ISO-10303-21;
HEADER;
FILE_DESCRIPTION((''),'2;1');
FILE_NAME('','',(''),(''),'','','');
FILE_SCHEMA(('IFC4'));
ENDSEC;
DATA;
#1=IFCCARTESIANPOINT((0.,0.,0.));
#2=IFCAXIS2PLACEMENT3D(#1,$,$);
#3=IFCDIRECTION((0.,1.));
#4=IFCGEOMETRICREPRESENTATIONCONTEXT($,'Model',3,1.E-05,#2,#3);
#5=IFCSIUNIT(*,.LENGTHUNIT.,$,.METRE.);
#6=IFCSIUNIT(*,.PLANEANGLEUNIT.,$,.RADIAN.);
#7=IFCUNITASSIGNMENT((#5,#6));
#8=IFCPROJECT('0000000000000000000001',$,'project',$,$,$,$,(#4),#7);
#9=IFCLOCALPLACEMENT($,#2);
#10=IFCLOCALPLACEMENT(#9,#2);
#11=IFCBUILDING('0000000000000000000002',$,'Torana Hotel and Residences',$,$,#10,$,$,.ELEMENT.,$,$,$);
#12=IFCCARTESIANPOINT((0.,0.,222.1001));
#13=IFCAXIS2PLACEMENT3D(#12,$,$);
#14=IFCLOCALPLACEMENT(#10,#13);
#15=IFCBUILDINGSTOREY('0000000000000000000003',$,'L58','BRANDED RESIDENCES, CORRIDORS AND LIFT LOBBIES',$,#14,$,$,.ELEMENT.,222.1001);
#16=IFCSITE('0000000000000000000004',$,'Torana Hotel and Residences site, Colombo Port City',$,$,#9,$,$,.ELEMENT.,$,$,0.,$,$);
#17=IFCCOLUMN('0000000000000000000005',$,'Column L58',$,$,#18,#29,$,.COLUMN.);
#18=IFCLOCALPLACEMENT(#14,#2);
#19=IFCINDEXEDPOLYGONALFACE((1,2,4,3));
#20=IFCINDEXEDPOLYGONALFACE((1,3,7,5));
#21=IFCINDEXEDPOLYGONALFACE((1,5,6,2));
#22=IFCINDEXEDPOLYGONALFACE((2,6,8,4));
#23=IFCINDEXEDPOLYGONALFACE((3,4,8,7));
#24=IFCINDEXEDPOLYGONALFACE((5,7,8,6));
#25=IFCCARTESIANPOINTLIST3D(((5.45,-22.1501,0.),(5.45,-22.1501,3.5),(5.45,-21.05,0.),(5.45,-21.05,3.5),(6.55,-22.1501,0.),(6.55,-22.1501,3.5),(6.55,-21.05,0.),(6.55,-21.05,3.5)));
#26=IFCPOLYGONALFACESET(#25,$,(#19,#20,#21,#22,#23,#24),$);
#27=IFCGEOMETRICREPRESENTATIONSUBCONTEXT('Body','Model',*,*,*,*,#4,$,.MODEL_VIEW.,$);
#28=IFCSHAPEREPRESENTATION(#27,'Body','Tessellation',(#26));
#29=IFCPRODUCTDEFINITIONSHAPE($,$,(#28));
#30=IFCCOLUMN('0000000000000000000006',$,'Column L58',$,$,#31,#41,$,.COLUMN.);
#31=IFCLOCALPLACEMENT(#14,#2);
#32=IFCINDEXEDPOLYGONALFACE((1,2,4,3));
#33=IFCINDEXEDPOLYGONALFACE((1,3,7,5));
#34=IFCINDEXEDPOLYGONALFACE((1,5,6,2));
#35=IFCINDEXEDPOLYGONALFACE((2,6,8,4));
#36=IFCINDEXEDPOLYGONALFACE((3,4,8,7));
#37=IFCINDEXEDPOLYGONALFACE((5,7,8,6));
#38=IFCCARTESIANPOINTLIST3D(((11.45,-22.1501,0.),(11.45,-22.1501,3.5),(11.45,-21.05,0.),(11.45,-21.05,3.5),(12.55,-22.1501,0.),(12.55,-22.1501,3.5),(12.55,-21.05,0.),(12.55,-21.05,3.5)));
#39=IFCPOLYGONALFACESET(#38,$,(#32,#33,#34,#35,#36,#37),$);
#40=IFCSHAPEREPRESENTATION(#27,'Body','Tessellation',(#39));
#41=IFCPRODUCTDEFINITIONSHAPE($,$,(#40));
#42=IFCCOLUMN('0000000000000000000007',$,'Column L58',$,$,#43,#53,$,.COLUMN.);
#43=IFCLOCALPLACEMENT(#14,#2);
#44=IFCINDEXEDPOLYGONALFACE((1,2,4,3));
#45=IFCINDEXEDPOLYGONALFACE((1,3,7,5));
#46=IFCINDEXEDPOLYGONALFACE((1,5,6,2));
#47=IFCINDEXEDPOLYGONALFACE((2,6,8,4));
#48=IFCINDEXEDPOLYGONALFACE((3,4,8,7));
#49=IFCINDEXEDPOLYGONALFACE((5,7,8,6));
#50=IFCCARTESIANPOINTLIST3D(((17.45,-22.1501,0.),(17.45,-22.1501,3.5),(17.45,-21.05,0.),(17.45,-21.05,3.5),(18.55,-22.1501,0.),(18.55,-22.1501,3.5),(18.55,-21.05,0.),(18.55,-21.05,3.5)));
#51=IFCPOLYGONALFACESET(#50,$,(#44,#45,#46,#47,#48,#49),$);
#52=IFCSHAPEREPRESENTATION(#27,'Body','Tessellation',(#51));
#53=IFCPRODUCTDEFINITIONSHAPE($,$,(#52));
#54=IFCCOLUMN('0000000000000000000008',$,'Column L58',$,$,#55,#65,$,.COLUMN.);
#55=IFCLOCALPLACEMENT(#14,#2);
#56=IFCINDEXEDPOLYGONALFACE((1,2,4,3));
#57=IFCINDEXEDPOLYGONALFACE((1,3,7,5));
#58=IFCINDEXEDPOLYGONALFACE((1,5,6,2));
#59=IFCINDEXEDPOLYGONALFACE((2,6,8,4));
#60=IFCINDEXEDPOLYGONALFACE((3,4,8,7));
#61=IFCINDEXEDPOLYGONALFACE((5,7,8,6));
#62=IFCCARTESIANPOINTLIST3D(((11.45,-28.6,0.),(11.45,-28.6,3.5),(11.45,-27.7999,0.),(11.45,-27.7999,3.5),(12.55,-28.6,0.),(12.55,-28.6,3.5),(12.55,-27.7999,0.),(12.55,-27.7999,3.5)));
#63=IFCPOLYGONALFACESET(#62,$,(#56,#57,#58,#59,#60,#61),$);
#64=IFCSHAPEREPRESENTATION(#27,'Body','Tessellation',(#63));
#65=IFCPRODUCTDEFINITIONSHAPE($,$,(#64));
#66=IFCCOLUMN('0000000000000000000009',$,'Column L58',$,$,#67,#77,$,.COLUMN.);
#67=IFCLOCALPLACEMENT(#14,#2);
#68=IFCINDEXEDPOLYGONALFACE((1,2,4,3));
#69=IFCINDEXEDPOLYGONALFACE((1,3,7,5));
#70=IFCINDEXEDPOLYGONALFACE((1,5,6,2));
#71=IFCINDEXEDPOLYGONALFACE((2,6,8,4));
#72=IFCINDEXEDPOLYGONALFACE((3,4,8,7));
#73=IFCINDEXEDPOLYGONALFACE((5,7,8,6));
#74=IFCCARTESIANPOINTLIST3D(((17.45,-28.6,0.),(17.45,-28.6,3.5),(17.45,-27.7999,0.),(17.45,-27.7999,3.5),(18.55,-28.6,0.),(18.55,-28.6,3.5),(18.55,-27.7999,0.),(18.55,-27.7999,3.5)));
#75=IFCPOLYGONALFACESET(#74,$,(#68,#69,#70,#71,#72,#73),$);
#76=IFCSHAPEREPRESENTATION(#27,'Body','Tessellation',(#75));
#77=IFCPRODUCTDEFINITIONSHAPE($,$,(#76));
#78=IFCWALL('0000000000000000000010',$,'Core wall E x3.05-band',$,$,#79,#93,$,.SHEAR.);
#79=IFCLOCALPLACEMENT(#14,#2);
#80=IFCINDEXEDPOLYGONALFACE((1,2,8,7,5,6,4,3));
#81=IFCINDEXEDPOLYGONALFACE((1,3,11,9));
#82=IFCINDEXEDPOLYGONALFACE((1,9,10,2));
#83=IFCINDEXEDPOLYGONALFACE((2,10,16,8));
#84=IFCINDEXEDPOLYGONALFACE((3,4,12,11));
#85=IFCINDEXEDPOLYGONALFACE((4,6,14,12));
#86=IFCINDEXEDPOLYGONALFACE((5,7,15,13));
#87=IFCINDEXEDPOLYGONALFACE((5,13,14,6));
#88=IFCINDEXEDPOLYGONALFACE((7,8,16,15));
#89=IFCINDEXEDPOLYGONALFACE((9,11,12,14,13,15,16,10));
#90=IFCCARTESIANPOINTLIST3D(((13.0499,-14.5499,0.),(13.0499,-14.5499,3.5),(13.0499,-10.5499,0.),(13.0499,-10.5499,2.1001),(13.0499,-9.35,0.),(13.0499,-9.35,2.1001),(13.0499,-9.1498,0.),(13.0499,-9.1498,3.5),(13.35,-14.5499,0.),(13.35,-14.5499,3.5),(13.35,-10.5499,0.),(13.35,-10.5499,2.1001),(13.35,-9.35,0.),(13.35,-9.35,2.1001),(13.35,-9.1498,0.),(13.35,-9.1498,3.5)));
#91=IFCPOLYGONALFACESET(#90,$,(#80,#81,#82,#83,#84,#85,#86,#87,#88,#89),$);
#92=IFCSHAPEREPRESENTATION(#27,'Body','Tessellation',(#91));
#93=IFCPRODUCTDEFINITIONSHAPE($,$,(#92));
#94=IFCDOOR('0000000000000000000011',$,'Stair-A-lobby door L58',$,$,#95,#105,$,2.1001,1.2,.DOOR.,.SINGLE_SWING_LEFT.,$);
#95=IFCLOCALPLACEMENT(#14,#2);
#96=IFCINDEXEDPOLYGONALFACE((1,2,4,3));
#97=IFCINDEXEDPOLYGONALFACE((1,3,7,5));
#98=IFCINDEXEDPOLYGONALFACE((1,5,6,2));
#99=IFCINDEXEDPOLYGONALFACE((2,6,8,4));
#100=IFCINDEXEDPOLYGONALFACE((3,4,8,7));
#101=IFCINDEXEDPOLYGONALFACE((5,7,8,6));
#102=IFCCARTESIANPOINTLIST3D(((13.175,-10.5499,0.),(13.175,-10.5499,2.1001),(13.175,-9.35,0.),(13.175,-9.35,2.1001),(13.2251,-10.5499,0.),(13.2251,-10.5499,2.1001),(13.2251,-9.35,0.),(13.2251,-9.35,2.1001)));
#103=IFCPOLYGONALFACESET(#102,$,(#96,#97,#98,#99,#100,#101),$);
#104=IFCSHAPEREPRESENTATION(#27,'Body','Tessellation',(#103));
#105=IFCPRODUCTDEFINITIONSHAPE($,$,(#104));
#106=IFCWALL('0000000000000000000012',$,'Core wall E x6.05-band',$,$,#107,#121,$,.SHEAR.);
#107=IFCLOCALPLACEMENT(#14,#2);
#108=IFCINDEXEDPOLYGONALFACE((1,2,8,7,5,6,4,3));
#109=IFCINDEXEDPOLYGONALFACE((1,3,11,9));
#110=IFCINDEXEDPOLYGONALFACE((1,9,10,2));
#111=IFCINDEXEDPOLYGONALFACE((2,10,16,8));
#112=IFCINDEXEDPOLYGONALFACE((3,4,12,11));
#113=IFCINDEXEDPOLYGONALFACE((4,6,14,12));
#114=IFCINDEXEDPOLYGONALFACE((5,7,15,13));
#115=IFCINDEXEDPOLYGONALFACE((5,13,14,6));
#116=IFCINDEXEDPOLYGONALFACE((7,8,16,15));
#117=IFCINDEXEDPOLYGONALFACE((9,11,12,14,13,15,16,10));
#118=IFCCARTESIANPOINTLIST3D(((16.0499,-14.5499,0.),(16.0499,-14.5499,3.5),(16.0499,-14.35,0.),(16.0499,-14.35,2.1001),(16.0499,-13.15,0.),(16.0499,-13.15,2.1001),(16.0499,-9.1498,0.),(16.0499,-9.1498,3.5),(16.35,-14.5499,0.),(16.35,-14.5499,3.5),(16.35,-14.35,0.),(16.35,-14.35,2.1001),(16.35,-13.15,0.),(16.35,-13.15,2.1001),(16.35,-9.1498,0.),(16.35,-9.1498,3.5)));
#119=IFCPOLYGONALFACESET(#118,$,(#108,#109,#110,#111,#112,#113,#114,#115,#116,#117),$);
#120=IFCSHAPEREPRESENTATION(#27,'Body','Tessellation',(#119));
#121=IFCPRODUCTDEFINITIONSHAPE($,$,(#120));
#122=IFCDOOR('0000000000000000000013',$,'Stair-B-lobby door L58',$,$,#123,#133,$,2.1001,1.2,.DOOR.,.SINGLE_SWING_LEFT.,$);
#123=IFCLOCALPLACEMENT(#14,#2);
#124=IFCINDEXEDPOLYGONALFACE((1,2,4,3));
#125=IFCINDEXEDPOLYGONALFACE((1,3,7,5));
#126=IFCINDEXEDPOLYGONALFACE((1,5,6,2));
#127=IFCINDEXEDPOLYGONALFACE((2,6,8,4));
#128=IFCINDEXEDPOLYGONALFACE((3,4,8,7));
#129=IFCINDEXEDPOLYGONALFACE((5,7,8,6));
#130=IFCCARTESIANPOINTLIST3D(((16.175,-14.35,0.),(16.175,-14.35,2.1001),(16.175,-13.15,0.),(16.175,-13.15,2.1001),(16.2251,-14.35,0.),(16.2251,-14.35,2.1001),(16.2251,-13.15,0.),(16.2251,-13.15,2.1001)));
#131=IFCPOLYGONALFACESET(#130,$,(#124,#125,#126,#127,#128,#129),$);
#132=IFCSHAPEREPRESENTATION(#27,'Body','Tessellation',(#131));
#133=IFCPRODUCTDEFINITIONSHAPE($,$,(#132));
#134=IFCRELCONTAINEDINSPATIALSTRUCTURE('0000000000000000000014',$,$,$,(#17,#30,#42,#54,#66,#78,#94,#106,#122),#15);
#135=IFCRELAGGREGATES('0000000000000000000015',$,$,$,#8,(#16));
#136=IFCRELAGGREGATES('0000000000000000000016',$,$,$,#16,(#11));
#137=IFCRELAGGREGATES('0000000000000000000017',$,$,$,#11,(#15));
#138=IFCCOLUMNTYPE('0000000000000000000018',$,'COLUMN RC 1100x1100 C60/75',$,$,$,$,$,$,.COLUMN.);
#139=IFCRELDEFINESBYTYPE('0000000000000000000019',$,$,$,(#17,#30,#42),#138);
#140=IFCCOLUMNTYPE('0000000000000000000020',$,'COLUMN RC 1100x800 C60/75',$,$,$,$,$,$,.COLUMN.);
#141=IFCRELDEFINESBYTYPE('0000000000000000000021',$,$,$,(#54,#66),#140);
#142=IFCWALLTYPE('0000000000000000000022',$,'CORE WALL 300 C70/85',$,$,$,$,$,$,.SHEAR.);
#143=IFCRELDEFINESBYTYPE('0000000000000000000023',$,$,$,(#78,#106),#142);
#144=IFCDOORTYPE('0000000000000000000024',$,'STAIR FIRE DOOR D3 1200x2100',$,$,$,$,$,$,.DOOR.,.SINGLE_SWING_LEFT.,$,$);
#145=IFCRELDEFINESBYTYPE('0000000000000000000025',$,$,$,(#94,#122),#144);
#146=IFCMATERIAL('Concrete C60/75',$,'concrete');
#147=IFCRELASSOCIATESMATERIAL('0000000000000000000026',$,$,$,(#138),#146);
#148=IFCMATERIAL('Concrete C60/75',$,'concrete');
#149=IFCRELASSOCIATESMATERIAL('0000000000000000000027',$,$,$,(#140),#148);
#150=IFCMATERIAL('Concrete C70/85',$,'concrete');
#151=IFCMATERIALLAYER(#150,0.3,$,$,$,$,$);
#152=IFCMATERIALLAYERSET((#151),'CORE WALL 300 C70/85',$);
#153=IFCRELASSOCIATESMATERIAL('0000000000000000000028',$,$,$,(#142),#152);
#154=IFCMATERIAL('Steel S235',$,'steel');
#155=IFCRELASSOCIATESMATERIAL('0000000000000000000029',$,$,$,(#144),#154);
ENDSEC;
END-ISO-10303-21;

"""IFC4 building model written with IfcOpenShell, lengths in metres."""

from ifc_helpers import new_model, si_unit, direction, frame, frame_2d, origin, origin_2d, place, context, subcontext, project, spatial, rectangle, extrude, material, layer, layer_set, material_profile, profile_set, type_object, element, fill, save


model = new_model("IFC4")

# Units and contexts
model_context = context("Model", 3, precision=1e-05, world=origin(), true_north=direction((0.0, 1.0)))
body_context = subcontext(model_context, "Body", "Model", "MODEL_VIEW")
ifc_project = project(units=[si_unit("LENGTHUNIT", "METRE"), si_unit("PLANEANGLEUNIT", "RADIAN")], contexts=[model_context])

# Site, building, storey
site_placement = place(None, origin())
site = spatial("IfcSite", under=ifc_project, at=site_placement, Name="Torana Hotel and Residences site, Colombo Port City", CompositionType="ELEMENT", RefElevation=0.0)
building_placement = place(site_placement, origin())
building = spatial("IfcBuilding", under=site, at=building_placement, Name="Torana Hotel and Residences", CompositionType="ELEMENT")
storey_placement = place(building_placement, frame((0.0, 0.0, 222.1001)))
storey = spatial("IfcBuildingStorey", under=building, at=storey_placement, Name="L58", Description="BRANDED RESIDENCES, CORRIDORS AND LIFT LOBBIES", CompositionType="ELEMENT", Elevation=222.1001)

# Columns
ifc_material_1 = material(Name="Concrete C60/75", Category="concrete")
ifc_material_profile_1 = material_profile(ifc_material_1, rectangle(XDim=1.1001, YDim=1.1001, at=origin_2d()), Name="RC 1100x1100")
ifc_profile_set_1 = profile_set([ifc_material_profile_1], Name="Concrete C60/75")
column_type_1 = type_object("IfcColumnType", Name="COLUMN RC 1100x1100 C60/75", PredefinedType="COLUMN", material=ifc_profile_set_1)
for number, where, z_axis, x_axis, name in (
    (1, (6.0, -21.6001, 0.0), (0.0, 0.0, 1.0), (1.0, 0.0, 0.0), "Column L58"),
    (2, (12.0, -21.6001, 0.0), (0.0, 0.0, 1.0), (1.0, 0.0, 0.0), "Column L58"),
    (3, (18.0, -21.6001, 0.0), (0.0, 0.0, 1.0), (1.0, 0.0, 0.0), "Column L58"),
):
    element("IfcColumn", number, at=place(storey_placement, frame(where, z_axis=z_axis, x_axis=x_axis)), inside=storey, type_object=column_type_1, Name=name, PredefinedType="COLUMN", context=body_context, shape_type="SweptSolid", body=[
        extrude(rectangle(XDim=1.1001, YDim=1.1001, at=origin_2d()), origin(), (0.0, 0.0, 1.0), 3.5),
    ])
ifc_material_2 = material(Name="Concrete C60/75", Category="concrete")
ifc_material_profile_2 = material_profile(ifc_material_2, rectangle(XDim=1.1001, YDim=0.8, at=origin_2d()), Name="RC 1100x800")
ifc_profile_set_2 = profile_set([ifc_material_profile_2], Name="Concrete C60/75")
column_type_2 = type_object("IfcColumnType", Name="COLUMN RC 1100x800 C60/75", PredefinedType="COLUMN", material=ifc_profile_set_2)
for number, where, z_axis, x_axis, name in (
    (4, (12.0, -28.2, 0.0), (0.0, 0.0, 1.0), (1.0, 0.0, 0.0), "Column L58"),
    (5, (18.0, -28.2, 0.0), (0.0, 0.0, 1.0), (1.0, 0.0, 0.0), "Column L58"),
):
    element("IfcColumn", number, at=place(storey_placement, frame(where, z_axis=z_axis, x_axis=x_axis)), inside=storey, type_object=column_type_2, Name=name, PredefinedType="COLUMN", context=body_context, shape_type="SweptSolid", body=[
        extrude(rectangle(XDim=1.1001, YDim=0.8, at=origin_2d()), origin(), (0.0, 0.0, 1.0), 3.5),
    ])

# Walls, openings, doors
ifc_material_3 = material(Name="Concrete C70/85", Category="concrete")
ifc_layer_1 = layer(ifc_material_3, 0.3)
ifc_layer_set_1 = layer_set([ifc_layer_1], Name="CORE WALL 300 C70/85")
wall_type_1 = type_object("IfcWallType", Name="CORE WALL 300 C70/85", PredefinedType="SHEAR", material=ifc_layer_set_1)
wall_1_placement = place(storey_placement, frame((13.2, -14.55, 0.0), z_axis=(0.0, 0.0, 1.0), x_axis=(0.0, 1.0, 0.0)))
wall_1 = element("IfcWall", 6, at=wall_1_placement, inside=storey, type_object=wall_type_1, Name="Core wall E x3.05-band", PredefinedType="SHEAR", context=body_context, shape_type="SweptSolid", body=[
    extrude(rectangle(XDim=5.4001, YDim=0.3, at=frame_2d((2.7002, 0.0))), origin(), (0.0, 0.0, 1.0), 3.5),
])
opening_1_placement = place(wall_1_placement, frame((4.0, 0.0, 0.0)))
opening_1 = element("IfcOpeningElement", 7, at=opening_1_placement, cuts=wall_1, PredefinedType="OPENING", context=body_context, shape_type="SweptSolid", body=[
    extrude(rectangle(XDim=1.2, YDim=2.1001, at=frame_2d((0.6001, 1.05))), frame((0.0, 0.1599, 0.0), z_axis=(0.0, -1.0, 0.0), x_axis=(1.0, 0.0, 0.0)), (0.0, 0.0, 1.0), 0.3201),
])
ifc_material_4 = material(Name="Steel S235", Category="steel")
door_type_1 = type_object("IfcDoorType", Name="STAIR FIRE DOOR D3 1200x2100", OperationType="SINGLE_SWING_LEFT", PredefinedType="DOOR", material=ifc_material_4)
door_1_placement = place(opening_1_placement, origin())
door_1 = element("IfcDoor", 8, at=door_1_placement, inside=storey, type_object=door_type_1, Name="Stair-A-lobby door L58", OperationType="SINGLE_SWING_LEFT", OverallHeight=2.1001, OverallWidth=1.2, PredefinedType="DOOR", context=body_context, shape_type="SweptSolid", body=[
    extrude(rectangle(XDim=1.2, YDim=2.1001, at=frame_2d((0.6001, 1.05))), frame((0.0, 0.0249, 0.0), z_axis=(0.0, -1.0, 0.0), x_axis=(1.0, 0.0, 0.0)), (0.0, 0.0, 1.0), 0.05),
])
fill(opening_1, door_1)
wall_2_placement = place(storey_placement, frame((16.2, -14.55, 0.0), z_axis=(0.0, 0.0, 1.0), x_axis=(0.0, 1.0, 0.0)))
wall_2 = element("IfcWall", 9, at=wall_2_placement, inside=storey, type_object=wall_type_1, Name="Core wall E x6.05-band", PredefinedType="SHEAR", context=body_context, shape_type="SweptSolid", body=[
    extrude(rectangle(XDim=5.4001, YDim=0.3, at=frame_2d((2.7002, 0.0))), origin(), (0.0, 0.0, 1.0), 3.5),
])
opening_2_placement = place(wall_2_placement, frame((0.2, 0.0, 0.0)))
opening_2 = element("IfcOpeningElement", 10, at=opening_2_placement, cuts=wall_2, PredefinedType="OPENING", context=body_context, shape_type="SweptSolid", body=[
    extrude(rectangle(XDim=1.2, YDim=2.1001, at=frame_2d((0.6001, 1.05))), frame((0.0, 0.1599, 0.0), z_axis=(0.0, -1.0, 0.0), x_axis=(1.0, 0.0, 0.0)), (0.0, 0.0, 1.0), 0.3201),
])
door_2_placement = place(opening_2_placement, frame((0.6001, 0.0, 0.0), z_axis=(0.0, 0.0, 1.0), x_axis=(-1.0, 0.0, 0.0)))
door_2 = element("IfcDoor", 11, at=door_2_placement, inside=storey, type_object=door_type_1, Name="Stair-B-lobby door L58", OperationType="SINGLE_SWING_LEFT", OverallHeight=2.1001, OverallWidth=1.2, PredefinedType="DOOR", context=body_context, shape_type="SweptSolid", body=[
    extrude(rectangle(XDim=1.2, YDim=2.1001, at=frame_2d((0.0, 1.05))), frame((0.0, -0.0249, 0.0), z_axis=(0.0, 1.0, 0.0), x_axis=(-1.0, 0.0, 0.0)), (0.0, 0.0, 1.0), 0.05),
])
fill(opening_2, door_2)

save(model, "model.ifc")
